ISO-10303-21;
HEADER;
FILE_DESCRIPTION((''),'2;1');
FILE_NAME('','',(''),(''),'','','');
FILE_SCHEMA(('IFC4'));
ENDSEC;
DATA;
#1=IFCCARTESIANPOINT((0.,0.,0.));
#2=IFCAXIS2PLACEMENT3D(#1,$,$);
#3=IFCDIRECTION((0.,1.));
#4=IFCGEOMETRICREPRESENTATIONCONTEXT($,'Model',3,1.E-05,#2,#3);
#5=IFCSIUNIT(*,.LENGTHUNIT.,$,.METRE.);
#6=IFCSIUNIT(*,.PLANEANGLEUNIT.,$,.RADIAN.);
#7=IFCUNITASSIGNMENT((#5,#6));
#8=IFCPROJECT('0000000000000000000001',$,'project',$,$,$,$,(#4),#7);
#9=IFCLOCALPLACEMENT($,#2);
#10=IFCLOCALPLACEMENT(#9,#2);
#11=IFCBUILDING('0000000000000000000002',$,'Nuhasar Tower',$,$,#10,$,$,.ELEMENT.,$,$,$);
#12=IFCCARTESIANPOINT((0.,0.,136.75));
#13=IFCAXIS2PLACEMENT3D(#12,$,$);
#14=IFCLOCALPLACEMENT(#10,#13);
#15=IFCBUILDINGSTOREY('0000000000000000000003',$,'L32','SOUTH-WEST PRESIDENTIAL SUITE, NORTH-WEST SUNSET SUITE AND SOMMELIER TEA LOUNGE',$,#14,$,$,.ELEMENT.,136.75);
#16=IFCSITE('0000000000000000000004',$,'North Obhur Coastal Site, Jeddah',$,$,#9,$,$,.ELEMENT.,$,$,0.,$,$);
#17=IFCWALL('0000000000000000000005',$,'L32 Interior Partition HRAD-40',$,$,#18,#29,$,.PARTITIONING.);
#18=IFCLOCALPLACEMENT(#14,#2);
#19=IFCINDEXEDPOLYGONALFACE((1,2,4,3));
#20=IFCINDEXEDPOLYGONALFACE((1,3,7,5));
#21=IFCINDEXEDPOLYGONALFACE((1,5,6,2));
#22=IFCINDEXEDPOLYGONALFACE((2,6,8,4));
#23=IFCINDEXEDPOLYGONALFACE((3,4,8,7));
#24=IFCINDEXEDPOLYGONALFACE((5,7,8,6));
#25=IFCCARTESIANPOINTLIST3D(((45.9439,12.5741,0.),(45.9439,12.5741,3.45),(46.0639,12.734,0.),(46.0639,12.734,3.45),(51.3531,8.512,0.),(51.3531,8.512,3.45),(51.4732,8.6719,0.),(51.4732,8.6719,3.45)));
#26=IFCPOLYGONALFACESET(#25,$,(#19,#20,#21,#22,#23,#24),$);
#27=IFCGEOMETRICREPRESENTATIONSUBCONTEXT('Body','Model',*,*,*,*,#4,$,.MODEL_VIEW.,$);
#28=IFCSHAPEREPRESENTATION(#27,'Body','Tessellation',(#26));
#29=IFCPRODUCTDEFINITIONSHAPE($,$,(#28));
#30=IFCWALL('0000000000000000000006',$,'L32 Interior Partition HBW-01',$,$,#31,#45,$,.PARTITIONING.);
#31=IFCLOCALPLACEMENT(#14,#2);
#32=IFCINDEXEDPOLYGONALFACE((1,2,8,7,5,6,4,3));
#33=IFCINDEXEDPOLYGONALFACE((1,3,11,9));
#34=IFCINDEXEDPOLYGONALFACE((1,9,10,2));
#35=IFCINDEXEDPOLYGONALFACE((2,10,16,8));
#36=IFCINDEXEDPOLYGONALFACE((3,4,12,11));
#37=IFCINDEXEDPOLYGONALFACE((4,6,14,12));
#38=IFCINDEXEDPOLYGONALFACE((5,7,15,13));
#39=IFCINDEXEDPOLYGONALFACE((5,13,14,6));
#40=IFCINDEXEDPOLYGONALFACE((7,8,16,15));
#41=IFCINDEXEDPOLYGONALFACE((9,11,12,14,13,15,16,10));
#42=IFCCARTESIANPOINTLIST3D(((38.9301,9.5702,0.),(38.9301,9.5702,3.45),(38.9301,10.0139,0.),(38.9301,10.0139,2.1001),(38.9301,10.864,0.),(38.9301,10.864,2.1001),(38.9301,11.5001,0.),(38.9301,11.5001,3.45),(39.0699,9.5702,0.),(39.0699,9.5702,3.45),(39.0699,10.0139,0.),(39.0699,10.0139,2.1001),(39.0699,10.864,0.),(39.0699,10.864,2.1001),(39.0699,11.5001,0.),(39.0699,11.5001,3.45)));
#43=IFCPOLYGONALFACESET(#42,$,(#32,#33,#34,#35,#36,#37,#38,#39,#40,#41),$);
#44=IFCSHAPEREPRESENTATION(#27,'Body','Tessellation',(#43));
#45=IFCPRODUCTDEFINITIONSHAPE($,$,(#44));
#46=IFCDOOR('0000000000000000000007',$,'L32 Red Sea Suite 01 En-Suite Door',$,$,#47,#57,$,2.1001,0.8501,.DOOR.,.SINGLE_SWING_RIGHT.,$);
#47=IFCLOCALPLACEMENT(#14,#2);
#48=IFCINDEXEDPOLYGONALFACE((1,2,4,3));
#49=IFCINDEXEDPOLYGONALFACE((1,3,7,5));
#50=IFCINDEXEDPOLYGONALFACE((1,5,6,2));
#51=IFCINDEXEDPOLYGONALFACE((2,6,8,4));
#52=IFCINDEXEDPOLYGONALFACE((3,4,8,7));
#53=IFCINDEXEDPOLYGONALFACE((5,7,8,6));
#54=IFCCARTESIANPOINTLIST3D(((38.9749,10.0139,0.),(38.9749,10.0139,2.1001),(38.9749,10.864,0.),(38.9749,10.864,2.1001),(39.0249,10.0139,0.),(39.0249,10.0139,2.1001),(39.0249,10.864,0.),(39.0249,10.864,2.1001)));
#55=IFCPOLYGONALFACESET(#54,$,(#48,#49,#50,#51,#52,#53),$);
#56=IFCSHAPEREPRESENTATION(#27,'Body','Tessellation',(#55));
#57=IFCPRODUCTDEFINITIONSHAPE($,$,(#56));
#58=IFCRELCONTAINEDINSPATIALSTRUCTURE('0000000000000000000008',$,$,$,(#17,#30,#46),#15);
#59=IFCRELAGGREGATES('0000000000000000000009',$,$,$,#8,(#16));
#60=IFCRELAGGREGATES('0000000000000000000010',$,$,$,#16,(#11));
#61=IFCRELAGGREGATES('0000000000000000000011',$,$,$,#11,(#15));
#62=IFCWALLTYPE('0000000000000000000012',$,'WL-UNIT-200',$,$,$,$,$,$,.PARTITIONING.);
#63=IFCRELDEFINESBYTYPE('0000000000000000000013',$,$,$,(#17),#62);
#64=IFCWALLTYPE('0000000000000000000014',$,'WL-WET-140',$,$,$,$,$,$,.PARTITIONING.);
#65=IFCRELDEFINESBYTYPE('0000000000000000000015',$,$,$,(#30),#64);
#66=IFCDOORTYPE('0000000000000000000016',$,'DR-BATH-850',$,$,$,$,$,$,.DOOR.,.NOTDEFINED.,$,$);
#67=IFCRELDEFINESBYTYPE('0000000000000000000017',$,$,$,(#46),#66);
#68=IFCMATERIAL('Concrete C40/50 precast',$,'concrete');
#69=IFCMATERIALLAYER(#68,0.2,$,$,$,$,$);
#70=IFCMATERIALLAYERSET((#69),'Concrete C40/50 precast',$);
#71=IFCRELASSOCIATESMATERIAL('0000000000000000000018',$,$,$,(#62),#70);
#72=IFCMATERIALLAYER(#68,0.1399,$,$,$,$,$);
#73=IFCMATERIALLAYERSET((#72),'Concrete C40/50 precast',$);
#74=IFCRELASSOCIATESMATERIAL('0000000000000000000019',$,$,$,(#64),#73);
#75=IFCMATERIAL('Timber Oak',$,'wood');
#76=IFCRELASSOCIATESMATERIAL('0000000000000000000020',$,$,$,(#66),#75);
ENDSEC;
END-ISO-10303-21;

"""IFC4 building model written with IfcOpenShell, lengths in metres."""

from ifc_helpers import new_model, si_unit, direction, frame, frame_2d, origin, place, context, subcontext, project, spatial, rectangle, extrude, material, layer, layer_set, type_object, element, fill, save


model = new_model("IFC4")

# Units and contexts
model_context = context("Model", 3, precision=1e-05, world=origin(), true_north=direction((0.0, 1.0)))
body_context = subcontext(model_context, "Body", "Model", "MODEL_VIEW")
ifc_project = project(units=[si_unit("LENGTHUNIT", "METRE"), si_unit("PLANEANGLEUNIT", "RADIAN")], contexts=[model_context])

# Site, building, storey
site_placement = place(None, origin())
site = spatial("IfcSite", under=ifc_project, at=site_placement, Name="North Obhur Coastal Site, Jeddah", CompositionType="ELEMENT", RefElevation=0.0)
building_placement = place(site_placement, origin())
building = spatial("IfcBuilding", under=site, at=building_placement, Name="Nuhasar Tower", CompositionType="ELEMENT")
storey_placement = place(building_placement, frame((0.0, 0.0, 136.75)))
storey = spatial("IfcBuildingStorey", under=building, at=storey_placement, Name="L32", Description="SOUTH-WEST PRESIDENTIAL SUITE, NORTH-WEST SUNSET SUITE AND SOMMELIER TEA LOUNGE", CompositionType="ELEMENT", Elevation=136.75)

# Shared definitions
ifc_material_1 = material(Name="Timber Oak", Category="wood")

# Wall
ifc_material_2 = material(Name="Concrete C40/50 precast", Category="concrete")
ifc_layer_1 = layer(ifc_material_2, 0.2)
ifc_layer_set_1 = layer_set([ifc_layer_1], Name="Concrete C40/50 precast")
wall_type_1 = type_object("IfcWallType", Name="WL-UNIT-200", PredefinedType="PARTITIONING", material=ifc_layer_set_1)
wall_1_placement = place(storey_placement, frame((46.0039, 12.6541, 0.0), z_axis=(0.0, 0.0, 1.0), x_axis=(0.799636, -0.600485, 0.0)))
element("IfcWall", 1, at=wall_1_placement, inside=storey, type_object=wall_type_1, Name="L32 Interior Partition HRAD-40", PredefinedType="PARTITIONING", context=body_context, shape_type="SweptSolid", body=[
    extrude(rectangle(XDim=6.7646, YDim=0.2, at=frame_2d((3.3823, 0.0))), origin(), (0.0, 0.0, 1.0), 3.45),
])

# Wall, opening, door
ifc_layer_2 = layer(ifc_material_2, 0.1399)
ifc_layer_set_2 = layer_set([ifc_layer_2], Name="Concrete C40/50 precast")
wall_type_2 = type_object("IfcWallType", Name="WL-WET-140", PredefinedType="PARTITIONING", material=ifc_layer_set_2)
wall_2_placement = place(storey_placement, frame((39.0, 11.5, 0.0), z_axis=(0.0, 0.0, 1.0), x_axis=(0.0, -1.0, 0.0)))
wall_2 = element("IfcWall", 2, at=wall_2_placement, inside=storey, type_object=wall_type_2, Name="L32 Interior Partition HBW-01", PredefinedType="PARTITIONING", context=body_context, shape_type="SweptSolid", body=[
    extrude(rectangle(XDim=1.9299, YDim=0.1399, at=frame_2d((0.9648, 0.0))), origin(), (0.0, 0.0, 1.0), 3.45),
])
opening_1_placement = place(wall_2_placement, frame((0.636, 0.0, 0.0)))
opening_1 = element("IfcOpeningElement", 3, at=opening_1_placement, cuts=wall_2, PredefinedType="OPENING", context=body_context, shape_type="SweptSolid", body=[
    extrude(rectangle(XDim=0.8501, YDim=2.1001, at=frame_2d((0.425, 1.05))), frame((0.0, 0.0801, 0.0), z_axis=(0.0, -1.0, 0.0), x_axis=(1.0, 0.0, 0.0)), (0.0, 0.0, 1.0), 0.1599),
])
door_type_1 = type_object("IfcDoorType", Name="DR-BATH-850", OperationType="NOTDEFINED", PredefinedType="DOOR", material=ifc_material_1)
door_1_placement = place(opening_1_placement, origin())
door_1 = element("IfcDoor", 4, at=door_1_placement, inside=storey, type_object=door_type_1, Name="L32 Red Sea Suite 01 En-Suite Door", OperationType="SINGLE_SWING_RIGHT", OverallHeight=2.1001, OverallWidth=0.8501, PredefinedType="DOOR", context=body_context, shape_type="SweptSolid", body=[
    extrude(rectangle(XDim=0.8501, YDim=2.1001, at=frame_2d((0.425, 1.05))), frame((0.0, 0.0249, 0.0), z_axis=(0.0, -1.0, 0.0), x_axis=(1.0, 0.0, 0.0)), (0.0, 0.0, 1.0), 0.05),
])
fill(opening_1, door_1)

save(model, "model.ifc")
